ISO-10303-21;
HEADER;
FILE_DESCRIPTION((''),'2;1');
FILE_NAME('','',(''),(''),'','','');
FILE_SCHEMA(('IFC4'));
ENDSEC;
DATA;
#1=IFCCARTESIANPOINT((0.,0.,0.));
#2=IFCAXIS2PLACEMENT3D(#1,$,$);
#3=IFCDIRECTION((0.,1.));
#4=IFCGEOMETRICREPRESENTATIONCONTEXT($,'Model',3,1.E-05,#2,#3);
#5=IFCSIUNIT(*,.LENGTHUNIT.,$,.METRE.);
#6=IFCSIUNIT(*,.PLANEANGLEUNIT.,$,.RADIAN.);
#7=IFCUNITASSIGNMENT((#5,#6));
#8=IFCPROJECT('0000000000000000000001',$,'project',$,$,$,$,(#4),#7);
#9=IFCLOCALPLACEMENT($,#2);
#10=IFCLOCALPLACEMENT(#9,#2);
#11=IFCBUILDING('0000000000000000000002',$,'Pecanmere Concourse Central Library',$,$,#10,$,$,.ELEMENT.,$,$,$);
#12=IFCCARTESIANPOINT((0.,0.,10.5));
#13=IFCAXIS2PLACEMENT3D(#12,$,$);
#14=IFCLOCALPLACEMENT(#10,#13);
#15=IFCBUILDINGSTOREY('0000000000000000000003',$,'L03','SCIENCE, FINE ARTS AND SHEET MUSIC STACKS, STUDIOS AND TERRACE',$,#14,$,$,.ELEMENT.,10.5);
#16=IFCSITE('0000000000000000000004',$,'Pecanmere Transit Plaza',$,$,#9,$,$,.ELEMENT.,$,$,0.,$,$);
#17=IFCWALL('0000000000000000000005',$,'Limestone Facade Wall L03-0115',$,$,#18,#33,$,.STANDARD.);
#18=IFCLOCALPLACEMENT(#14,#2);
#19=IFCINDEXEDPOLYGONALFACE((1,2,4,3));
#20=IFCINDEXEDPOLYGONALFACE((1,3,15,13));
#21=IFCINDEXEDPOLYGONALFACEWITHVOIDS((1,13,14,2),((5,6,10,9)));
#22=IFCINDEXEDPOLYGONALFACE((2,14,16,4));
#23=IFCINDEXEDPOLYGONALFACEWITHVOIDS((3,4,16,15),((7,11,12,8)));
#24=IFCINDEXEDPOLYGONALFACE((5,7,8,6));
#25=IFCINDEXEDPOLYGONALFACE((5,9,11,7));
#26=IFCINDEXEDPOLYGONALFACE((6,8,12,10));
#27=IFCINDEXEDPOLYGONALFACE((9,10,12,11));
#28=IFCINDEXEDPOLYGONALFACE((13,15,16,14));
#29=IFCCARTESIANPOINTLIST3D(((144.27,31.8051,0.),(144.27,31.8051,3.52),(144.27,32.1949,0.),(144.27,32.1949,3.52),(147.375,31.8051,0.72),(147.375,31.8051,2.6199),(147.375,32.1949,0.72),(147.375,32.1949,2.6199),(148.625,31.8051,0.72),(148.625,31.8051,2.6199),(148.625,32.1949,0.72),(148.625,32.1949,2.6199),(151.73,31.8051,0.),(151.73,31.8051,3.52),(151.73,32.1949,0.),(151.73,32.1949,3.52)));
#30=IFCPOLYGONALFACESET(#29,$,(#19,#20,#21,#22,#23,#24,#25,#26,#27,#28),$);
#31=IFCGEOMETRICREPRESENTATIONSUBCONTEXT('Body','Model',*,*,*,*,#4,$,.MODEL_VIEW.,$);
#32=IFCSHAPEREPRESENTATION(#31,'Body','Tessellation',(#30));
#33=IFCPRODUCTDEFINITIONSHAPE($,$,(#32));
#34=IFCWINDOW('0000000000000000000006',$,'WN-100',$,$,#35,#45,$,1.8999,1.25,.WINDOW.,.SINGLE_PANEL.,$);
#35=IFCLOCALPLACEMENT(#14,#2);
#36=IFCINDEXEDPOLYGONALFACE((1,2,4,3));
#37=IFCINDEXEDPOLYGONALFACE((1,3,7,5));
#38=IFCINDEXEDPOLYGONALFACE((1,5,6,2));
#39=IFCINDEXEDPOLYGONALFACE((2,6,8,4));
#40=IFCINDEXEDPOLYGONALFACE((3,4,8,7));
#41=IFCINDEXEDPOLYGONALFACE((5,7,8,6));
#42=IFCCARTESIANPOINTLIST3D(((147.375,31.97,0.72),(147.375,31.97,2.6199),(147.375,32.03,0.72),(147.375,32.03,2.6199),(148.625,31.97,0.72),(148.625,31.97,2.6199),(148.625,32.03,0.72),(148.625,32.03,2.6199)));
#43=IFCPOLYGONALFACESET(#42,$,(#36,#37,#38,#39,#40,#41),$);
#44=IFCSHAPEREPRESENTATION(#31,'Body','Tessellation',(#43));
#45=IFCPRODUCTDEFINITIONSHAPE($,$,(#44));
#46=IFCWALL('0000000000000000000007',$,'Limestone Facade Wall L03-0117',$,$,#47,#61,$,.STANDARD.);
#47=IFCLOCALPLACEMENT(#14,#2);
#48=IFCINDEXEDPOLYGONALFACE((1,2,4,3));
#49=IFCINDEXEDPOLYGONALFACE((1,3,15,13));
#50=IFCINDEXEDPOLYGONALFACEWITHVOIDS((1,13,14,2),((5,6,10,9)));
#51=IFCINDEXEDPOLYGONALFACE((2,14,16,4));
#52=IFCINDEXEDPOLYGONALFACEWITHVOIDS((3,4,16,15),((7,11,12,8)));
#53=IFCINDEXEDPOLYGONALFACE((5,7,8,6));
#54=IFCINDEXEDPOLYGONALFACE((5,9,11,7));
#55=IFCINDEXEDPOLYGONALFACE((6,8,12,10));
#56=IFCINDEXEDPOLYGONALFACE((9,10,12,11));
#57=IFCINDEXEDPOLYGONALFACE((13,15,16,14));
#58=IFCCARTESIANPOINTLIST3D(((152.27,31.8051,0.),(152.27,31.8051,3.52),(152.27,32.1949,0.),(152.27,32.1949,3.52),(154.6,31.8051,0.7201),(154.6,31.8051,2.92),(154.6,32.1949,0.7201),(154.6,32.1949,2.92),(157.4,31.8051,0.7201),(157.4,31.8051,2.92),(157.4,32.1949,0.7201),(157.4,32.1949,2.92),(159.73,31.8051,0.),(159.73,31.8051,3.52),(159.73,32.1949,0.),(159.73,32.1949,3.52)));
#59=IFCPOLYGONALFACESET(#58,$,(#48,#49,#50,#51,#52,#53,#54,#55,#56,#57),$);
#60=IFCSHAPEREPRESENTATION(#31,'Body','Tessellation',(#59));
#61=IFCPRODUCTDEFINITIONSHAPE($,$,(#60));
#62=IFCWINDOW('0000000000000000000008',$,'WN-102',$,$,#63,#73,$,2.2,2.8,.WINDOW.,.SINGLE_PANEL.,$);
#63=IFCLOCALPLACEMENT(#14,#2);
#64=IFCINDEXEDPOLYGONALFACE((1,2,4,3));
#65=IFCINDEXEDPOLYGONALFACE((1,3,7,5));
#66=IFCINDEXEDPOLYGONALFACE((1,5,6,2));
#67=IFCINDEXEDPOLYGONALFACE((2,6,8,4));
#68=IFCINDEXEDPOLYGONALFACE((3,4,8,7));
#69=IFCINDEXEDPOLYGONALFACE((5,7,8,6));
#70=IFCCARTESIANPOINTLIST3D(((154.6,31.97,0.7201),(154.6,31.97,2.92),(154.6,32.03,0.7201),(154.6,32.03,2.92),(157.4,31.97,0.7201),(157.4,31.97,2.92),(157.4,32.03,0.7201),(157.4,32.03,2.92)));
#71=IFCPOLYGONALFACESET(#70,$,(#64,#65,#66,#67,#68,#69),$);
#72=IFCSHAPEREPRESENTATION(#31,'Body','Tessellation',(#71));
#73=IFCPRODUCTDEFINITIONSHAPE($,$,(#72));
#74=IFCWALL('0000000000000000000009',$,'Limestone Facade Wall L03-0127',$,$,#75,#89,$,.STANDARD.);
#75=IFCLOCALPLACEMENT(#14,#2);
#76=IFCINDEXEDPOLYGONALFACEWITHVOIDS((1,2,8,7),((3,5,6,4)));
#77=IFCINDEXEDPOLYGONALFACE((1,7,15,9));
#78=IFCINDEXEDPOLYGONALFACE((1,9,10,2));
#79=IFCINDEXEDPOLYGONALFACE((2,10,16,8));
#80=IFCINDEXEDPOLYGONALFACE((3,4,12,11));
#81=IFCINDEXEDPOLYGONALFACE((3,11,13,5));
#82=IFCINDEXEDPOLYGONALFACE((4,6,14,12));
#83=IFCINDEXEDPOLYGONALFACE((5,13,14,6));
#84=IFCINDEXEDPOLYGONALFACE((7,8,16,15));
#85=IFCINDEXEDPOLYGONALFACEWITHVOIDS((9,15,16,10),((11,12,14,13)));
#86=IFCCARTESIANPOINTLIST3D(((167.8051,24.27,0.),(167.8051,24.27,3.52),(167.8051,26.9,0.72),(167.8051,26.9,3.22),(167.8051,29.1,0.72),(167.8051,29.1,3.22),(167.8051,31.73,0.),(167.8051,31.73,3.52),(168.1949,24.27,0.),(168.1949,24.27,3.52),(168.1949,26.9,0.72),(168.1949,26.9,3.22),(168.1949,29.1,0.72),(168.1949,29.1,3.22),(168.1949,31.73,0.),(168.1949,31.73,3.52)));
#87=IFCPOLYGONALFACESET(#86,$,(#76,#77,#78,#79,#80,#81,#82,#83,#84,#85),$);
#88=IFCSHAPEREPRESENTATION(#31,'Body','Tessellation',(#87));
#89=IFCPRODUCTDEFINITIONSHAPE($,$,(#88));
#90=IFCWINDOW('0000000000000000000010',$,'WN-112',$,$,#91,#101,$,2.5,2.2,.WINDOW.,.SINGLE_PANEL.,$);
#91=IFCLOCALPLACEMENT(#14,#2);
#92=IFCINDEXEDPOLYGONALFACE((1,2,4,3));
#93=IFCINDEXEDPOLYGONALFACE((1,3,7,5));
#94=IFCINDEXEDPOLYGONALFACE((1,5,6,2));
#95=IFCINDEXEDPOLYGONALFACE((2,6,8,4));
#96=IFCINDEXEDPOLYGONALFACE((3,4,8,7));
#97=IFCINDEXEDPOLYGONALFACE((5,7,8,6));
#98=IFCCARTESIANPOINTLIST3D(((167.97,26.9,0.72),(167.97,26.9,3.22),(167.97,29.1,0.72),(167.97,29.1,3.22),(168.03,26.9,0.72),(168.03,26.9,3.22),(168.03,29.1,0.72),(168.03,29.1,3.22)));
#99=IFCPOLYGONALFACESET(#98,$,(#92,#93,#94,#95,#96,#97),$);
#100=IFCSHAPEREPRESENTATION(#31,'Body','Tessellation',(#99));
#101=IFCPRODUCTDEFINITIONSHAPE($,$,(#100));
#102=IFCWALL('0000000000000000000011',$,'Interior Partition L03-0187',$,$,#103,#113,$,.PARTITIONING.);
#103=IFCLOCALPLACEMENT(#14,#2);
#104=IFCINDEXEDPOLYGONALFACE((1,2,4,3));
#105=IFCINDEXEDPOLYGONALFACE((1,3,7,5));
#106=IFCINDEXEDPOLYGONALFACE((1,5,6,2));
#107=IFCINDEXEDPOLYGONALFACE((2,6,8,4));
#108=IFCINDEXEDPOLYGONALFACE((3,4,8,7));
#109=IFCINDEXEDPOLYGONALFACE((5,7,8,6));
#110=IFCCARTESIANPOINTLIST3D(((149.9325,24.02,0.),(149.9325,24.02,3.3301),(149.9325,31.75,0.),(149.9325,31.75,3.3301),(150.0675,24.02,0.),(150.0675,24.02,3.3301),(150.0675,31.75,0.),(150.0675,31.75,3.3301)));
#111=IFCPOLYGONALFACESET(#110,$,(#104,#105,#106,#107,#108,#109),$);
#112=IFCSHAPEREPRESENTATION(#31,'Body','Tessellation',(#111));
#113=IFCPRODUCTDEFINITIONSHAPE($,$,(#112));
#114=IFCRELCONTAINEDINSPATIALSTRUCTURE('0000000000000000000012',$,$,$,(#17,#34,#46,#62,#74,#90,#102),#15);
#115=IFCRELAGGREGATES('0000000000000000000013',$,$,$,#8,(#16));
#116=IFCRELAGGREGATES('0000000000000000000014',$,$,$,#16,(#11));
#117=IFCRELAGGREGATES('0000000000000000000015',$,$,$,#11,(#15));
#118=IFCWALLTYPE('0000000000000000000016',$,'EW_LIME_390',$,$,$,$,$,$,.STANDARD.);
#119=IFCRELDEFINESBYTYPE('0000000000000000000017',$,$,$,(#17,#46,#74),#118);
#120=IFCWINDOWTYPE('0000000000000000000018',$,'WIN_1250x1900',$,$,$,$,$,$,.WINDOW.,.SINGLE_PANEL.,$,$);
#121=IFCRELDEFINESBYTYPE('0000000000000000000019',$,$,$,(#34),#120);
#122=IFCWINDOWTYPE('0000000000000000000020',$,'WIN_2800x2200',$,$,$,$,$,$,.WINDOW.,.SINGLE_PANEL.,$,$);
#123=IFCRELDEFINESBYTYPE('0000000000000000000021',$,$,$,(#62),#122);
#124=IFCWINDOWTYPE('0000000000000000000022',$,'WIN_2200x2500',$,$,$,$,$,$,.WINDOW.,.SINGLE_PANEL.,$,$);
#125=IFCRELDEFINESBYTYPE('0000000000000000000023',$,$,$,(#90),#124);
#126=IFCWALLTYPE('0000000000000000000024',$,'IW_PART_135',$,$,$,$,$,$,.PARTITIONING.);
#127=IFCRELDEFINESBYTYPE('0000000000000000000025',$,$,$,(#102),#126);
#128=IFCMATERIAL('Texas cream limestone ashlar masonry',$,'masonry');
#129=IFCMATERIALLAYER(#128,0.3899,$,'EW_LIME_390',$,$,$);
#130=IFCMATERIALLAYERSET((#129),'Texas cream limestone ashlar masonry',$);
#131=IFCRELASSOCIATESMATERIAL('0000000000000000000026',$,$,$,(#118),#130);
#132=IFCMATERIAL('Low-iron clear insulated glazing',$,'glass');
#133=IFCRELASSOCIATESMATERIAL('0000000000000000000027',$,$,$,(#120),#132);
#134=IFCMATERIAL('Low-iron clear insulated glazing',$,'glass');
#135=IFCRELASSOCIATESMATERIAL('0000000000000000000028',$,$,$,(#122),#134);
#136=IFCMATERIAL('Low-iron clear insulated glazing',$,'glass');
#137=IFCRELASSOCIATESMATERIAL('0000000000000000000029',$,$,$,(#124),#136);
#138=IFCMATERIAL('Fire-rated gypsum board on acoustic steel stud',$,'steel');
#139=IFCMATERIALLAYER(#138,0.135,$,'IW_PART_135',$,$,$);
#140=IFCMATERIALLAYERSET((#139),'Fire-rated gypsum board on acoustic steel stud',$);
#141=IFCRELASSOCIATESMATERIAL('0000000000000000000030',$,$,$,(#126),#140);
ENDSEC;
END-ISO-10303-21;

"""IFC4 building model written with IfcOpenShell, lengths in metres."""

from ifc_helpers import new_model, si_unit, direction, frame, frame_2d, origin, place, context, subcontext, project, spatial, rectangle, extrude, material, layer, layer_set, type_object, element, fill, save


model = new_model("IFC4")

# Units and contexts
model_context = context("Model", 3, precision=1e-05, world=origin(), true_north=direction((0.0, 1.0)))
body_context = subcontext(model_context, "Body", "Model", "MODEL_VIEW")
ifc_project = project(units=[si_unit("LENGTHUNIT", "METRE"), si_unit("PLANEANGLEUNIT", "RADIAN")], contexts=[model_context])

# Site, building, storey
site_placement = place(None, origin())
site = spatial("IfcSite", under=ifc_project, at=site_placement, Name="Pecanmere Transit Plaza", CompositionType="ELEMENT", RefElevation=0.0)
building_placement = place(site_placement, origin())
building = spatial("IfcBuilding", under=site, at=building_placement, Name="Pecanmere Concourse Central Library", CompositionType="ELEMENT")
storey_placement = place(building_placement, frame((0.0, 0.0, 10.5)))
storey = spatial("IfcBuildingStorey", under=building, at=storey_placement, Name="L03", Description="SCIENCE, FINE ARTS AND SHEET MUSIC STACKS, STUDIOS AND TERRACE", CompositionType="ELEMENT", Elevation=10.5)

# Walls, openings, windows
ifc_material_1 = material(Name="Texas cream limestone ashlar masonry", Category="masonry")
ifc_layer_1 = layer(ifc_material_1, 0.3899, Name="EW_LIME_390")
ifc_layer_set_1 = layer_set([ifc_layer_1], Name="Texas cream limestone ashlar masonry")
wall_type_1 = type_object("IfcWallType", Name="EW_LIME_390", PredefinedType="STANDARD", material=ifc_layer_set_1)
wall_1_placement = place(storey_placement, frame((151.73, 32.0, 0.0), z_axis=(0.0, 0.0, 1.0), x_axis=(-1.0, 0.0, 0.0)))
wall_1 = element("IfcWall", 1, at=wall_1_placement, inside=storey, type_object=wall_type_1, Name="Limestone Facade Wall L03-0115", PredefinedType="STANDARD", context=body_context, shape_type="SweptSolid", body=[
    extrude(rectangle(XDim=7.46, YDim=0.3899, at=frame_2d((3.73, 0.0))), origin(), (0.0, 0.0, 1.0), 3.52),
])
opening_1_placement = place(wall_1_placement, frame((3.105, 0.0, 0.72)))
opening_1 = element("IfcOpeningElement", 2, at=opening_1_placement, cuts=wall_1, PredefinedType="OPENING", context=body_context, shape_type="SweptSolid", body=[
    extrude(rectangle(XDim=1.25, YDim=1.8999, at=frame_2d((0.625, 0.95))), frame((0.0, 0.207, 0.0), z_axis=(0.0, -1.0, 0.0), x_axis=(1.0, 0.0, 0.0)), (0.0, 0.0, 1.0), 0.4138),
])
ifc_material_2 = material(Name="Low-iron clear insulated glazing", Category="glass")
window_type_1 = type_object("IfcWindowType", Name="WIN_1250x1900", PartitioningType="SINGLE_PANEL", PredefinedType="WINDOW", material=ifc_material_2)
window_1_placement = place(opening_1_placement, origin())
window_1 = element("IfcWindow", 3, at=window_1_placement, inside=storey, type_object=window_type_1, Name="WN-100", OverallHeight=1.8999, OverallWidth=1.25, PartitioningType="SINGLE_PANEL", PredefinedType="WINDOW", context=body_context, shape_type="SweptSolid", body=[
    extrude(rectangle(XDim=1.25, YDim=1.8999, at=frame_2d((0.625, 0.95))), frame((0.0, 0.03, 0.0), z_axis=(0.0, -1.0, 0.0), x_axis=(1.0, 0.0, 0.0)), (0.0, 0.0, 1.0), 0.0601),
])
fill(opening_1, window_1)
wall_2_placement = place(storey_placement, frame((159.73, 32.0, 0.0), z_axis=(0.0, 0.0, 1.0), x_axis=(-1.0, 0.0, 0.0)))
wall_2 = element("IfcWall", 4, at=wall_2_placement, inside=storey, type_object=wall_type_1, Name="Limestone Facade Wall L03-0117", PredefinedType="STANDARD", context=body_context, shape_type="SweptSolid", body=[
    extrude(rectangle(XDim=7.46, YDim=0.3899, at=frame_2d((3.73, 0.0))), origin(), (0.0, 0.0, 1.0), 3.52),
])
opening_2_placement = place(wall_2_placement, frame((2.3301, 0.0, 0.72)))
opening_2 = element("IfcOpeningElement", 5, at=opening_2_placement, cuts=wall_2, PredefinedType="OPENING", context=body_context, shape_type="SweptSolid", body=[
    extrude(rectangle(XDim=2.8, YDim=2.2, at=frame_2d((1.3999, 1.1001))), frame((0.0, 0.207, 0.0), z_axis=(0.0, -1.0, 0.0), x_axis=(1.0, 0.0, 0.0)), (0.0, 0.0, 1.0), 0.4138),
])
ifc_material_3 = material(Name="Low-iron clear insulated glazing", Category="glass")
window_type_2 = type_object("IfcWindowType", Name="WIN_2800x2200", PartitioningType="SINGLE_PANEL", PredefinedType="WINDOW", material=ifc_material_3)
window_2_placement = place(opening_2_placement, origin())
window_2 = element("IfcWindow", 6, at=window_2_placement, inside=storey, type_object=window_type_2, Name="WN-102", OverallHeight=2.2, OverallWidth=2.8, PartitioningType="SINGLE_PANEL", PredefinedType="WINDOW", context=body_context, shape_type="SweptSolid", body=[
    extrude(rectangle(XDim=2.8, YDim=2.2, at=frame_2d((1.3999, 1.1001))), frame((0.0, 0.03, 0.0), z_axis=(0.0, -1.0, 0.0), x_axis=(1.0, 0.0, 0.0)), (0.0, 0.0, 1.0), 0.0601),
])
fill(opening_2, window_2)
wall_3_placement = place(storey_placement, frame((168.0, 24.27, 0.0), z_axis=(0.0, 0.0, 1.0), x_axis=(0.0, 1.0, 0.0)))
wall_3 = element("IfcWall", 7, at=wall_3_placement, inside=storey, type_object=wall_type_1, Name="Limestone Facade Wall L03-0127", PredefinedType="STANDARD", context=body_context, shape_type="SweptSolid", body=[
    extrude(rectangle(XDim=7.46, YDim=0.3899, at=frame_2d((3.73, 0.0))), origin(), (0.0, 0.0, 1.0), 3.52),
])
opening_3_placement = place(wall_3_placement, frame((2.6299, 0.0, 0.72)))
opening_3 = element("IfcOpeningElement", 8, at=opening_3_placement, cuts=wall_3, PredefinedType="OPENING", context=body_context, shape_type="SweptSolid", body=[
    extrude(rectangle(XDim=2.2, YDim=2.5, at=frame_2d((1.1001, 1.25))), frame((0.0, 0.207, 0.0), z_axis=(0.0, -1.0, 0.0), x_axis=(1.0, 0.0, 0.0)), (0.0, 0.0, 1.0), 0.4138),
])
ifc_material_4 = material(Name="Low-iron clear insulated glazing", Category="glass")
window_type_3 = type_object("IfcWindowType", Name="WIN_2200x2500", PartitioningType="SINGLE_PANEL", PredefinedType="WINDOW", material=ifc_material_4)
window_3_placement = place(opening_3_placement, origin())
window_3 = element("IfcWindow", 9, at=window_3_placement, inside=storey, type_object=window_type_3, Name="WN-112", OverallHeight=2.5, OverallWidth=2.2, PartitioningType="SINGLE_PANEL", PredefinedType="WINDOW", context=body_context, shape_type="SweptSolid", body=[
    extrude(rectangle(XDim=2.2, YDim=2.5, at=frame_2d((1.1001, 1.25))), frame((0.0, 0.03, 0.0), z_axis=(0.0, -1.0, 0.0), x_axis=(1.0, 0.0, 0.0)), (0.0, 0.0, 1.0), 0.0601),
])
fill(opening_3, window_3)

# Wall
ifc_material_5 = material(Name="Fire-rated gypsum board on acoustic steel stud", Category="steel")
ifc_layer_2 = layer(ifc_material_5, 0.135, Name="IW_PART_135")
ifc_layer_set_2 = layer_set([ifc_layer_2], Name="Fire-rated gypsum board on acoustic steel stud")
wall_type_2 = type_object("IfcWallType", Name="IW_PART_135", PredefinedType="PARTITIONING", material=ifc_layer_set_2)
wall_4_placement = place(storey_placement, frame((150.0, 24.02, 0.0), z_axis=(0.0, 0.0, 1.0), x_axis=(0.0, 1.0, 0.0)))
element("IfcWall", 10, at=wall_4_placement, inside=storey, type_object=wall_type_2, Name="Interior Partition L03-0187", PredefinedType="PARTITIONING", context=body_context, shape_type="SweptSolid", body=[
    extrude(rectangle(XDim=7.73, YDim=0.135, at=frame_2d((3.865, 0.0))), origin(), (0.0, 0.0, 1.0), 3.3301),
])

save(model, "model.ifc")
